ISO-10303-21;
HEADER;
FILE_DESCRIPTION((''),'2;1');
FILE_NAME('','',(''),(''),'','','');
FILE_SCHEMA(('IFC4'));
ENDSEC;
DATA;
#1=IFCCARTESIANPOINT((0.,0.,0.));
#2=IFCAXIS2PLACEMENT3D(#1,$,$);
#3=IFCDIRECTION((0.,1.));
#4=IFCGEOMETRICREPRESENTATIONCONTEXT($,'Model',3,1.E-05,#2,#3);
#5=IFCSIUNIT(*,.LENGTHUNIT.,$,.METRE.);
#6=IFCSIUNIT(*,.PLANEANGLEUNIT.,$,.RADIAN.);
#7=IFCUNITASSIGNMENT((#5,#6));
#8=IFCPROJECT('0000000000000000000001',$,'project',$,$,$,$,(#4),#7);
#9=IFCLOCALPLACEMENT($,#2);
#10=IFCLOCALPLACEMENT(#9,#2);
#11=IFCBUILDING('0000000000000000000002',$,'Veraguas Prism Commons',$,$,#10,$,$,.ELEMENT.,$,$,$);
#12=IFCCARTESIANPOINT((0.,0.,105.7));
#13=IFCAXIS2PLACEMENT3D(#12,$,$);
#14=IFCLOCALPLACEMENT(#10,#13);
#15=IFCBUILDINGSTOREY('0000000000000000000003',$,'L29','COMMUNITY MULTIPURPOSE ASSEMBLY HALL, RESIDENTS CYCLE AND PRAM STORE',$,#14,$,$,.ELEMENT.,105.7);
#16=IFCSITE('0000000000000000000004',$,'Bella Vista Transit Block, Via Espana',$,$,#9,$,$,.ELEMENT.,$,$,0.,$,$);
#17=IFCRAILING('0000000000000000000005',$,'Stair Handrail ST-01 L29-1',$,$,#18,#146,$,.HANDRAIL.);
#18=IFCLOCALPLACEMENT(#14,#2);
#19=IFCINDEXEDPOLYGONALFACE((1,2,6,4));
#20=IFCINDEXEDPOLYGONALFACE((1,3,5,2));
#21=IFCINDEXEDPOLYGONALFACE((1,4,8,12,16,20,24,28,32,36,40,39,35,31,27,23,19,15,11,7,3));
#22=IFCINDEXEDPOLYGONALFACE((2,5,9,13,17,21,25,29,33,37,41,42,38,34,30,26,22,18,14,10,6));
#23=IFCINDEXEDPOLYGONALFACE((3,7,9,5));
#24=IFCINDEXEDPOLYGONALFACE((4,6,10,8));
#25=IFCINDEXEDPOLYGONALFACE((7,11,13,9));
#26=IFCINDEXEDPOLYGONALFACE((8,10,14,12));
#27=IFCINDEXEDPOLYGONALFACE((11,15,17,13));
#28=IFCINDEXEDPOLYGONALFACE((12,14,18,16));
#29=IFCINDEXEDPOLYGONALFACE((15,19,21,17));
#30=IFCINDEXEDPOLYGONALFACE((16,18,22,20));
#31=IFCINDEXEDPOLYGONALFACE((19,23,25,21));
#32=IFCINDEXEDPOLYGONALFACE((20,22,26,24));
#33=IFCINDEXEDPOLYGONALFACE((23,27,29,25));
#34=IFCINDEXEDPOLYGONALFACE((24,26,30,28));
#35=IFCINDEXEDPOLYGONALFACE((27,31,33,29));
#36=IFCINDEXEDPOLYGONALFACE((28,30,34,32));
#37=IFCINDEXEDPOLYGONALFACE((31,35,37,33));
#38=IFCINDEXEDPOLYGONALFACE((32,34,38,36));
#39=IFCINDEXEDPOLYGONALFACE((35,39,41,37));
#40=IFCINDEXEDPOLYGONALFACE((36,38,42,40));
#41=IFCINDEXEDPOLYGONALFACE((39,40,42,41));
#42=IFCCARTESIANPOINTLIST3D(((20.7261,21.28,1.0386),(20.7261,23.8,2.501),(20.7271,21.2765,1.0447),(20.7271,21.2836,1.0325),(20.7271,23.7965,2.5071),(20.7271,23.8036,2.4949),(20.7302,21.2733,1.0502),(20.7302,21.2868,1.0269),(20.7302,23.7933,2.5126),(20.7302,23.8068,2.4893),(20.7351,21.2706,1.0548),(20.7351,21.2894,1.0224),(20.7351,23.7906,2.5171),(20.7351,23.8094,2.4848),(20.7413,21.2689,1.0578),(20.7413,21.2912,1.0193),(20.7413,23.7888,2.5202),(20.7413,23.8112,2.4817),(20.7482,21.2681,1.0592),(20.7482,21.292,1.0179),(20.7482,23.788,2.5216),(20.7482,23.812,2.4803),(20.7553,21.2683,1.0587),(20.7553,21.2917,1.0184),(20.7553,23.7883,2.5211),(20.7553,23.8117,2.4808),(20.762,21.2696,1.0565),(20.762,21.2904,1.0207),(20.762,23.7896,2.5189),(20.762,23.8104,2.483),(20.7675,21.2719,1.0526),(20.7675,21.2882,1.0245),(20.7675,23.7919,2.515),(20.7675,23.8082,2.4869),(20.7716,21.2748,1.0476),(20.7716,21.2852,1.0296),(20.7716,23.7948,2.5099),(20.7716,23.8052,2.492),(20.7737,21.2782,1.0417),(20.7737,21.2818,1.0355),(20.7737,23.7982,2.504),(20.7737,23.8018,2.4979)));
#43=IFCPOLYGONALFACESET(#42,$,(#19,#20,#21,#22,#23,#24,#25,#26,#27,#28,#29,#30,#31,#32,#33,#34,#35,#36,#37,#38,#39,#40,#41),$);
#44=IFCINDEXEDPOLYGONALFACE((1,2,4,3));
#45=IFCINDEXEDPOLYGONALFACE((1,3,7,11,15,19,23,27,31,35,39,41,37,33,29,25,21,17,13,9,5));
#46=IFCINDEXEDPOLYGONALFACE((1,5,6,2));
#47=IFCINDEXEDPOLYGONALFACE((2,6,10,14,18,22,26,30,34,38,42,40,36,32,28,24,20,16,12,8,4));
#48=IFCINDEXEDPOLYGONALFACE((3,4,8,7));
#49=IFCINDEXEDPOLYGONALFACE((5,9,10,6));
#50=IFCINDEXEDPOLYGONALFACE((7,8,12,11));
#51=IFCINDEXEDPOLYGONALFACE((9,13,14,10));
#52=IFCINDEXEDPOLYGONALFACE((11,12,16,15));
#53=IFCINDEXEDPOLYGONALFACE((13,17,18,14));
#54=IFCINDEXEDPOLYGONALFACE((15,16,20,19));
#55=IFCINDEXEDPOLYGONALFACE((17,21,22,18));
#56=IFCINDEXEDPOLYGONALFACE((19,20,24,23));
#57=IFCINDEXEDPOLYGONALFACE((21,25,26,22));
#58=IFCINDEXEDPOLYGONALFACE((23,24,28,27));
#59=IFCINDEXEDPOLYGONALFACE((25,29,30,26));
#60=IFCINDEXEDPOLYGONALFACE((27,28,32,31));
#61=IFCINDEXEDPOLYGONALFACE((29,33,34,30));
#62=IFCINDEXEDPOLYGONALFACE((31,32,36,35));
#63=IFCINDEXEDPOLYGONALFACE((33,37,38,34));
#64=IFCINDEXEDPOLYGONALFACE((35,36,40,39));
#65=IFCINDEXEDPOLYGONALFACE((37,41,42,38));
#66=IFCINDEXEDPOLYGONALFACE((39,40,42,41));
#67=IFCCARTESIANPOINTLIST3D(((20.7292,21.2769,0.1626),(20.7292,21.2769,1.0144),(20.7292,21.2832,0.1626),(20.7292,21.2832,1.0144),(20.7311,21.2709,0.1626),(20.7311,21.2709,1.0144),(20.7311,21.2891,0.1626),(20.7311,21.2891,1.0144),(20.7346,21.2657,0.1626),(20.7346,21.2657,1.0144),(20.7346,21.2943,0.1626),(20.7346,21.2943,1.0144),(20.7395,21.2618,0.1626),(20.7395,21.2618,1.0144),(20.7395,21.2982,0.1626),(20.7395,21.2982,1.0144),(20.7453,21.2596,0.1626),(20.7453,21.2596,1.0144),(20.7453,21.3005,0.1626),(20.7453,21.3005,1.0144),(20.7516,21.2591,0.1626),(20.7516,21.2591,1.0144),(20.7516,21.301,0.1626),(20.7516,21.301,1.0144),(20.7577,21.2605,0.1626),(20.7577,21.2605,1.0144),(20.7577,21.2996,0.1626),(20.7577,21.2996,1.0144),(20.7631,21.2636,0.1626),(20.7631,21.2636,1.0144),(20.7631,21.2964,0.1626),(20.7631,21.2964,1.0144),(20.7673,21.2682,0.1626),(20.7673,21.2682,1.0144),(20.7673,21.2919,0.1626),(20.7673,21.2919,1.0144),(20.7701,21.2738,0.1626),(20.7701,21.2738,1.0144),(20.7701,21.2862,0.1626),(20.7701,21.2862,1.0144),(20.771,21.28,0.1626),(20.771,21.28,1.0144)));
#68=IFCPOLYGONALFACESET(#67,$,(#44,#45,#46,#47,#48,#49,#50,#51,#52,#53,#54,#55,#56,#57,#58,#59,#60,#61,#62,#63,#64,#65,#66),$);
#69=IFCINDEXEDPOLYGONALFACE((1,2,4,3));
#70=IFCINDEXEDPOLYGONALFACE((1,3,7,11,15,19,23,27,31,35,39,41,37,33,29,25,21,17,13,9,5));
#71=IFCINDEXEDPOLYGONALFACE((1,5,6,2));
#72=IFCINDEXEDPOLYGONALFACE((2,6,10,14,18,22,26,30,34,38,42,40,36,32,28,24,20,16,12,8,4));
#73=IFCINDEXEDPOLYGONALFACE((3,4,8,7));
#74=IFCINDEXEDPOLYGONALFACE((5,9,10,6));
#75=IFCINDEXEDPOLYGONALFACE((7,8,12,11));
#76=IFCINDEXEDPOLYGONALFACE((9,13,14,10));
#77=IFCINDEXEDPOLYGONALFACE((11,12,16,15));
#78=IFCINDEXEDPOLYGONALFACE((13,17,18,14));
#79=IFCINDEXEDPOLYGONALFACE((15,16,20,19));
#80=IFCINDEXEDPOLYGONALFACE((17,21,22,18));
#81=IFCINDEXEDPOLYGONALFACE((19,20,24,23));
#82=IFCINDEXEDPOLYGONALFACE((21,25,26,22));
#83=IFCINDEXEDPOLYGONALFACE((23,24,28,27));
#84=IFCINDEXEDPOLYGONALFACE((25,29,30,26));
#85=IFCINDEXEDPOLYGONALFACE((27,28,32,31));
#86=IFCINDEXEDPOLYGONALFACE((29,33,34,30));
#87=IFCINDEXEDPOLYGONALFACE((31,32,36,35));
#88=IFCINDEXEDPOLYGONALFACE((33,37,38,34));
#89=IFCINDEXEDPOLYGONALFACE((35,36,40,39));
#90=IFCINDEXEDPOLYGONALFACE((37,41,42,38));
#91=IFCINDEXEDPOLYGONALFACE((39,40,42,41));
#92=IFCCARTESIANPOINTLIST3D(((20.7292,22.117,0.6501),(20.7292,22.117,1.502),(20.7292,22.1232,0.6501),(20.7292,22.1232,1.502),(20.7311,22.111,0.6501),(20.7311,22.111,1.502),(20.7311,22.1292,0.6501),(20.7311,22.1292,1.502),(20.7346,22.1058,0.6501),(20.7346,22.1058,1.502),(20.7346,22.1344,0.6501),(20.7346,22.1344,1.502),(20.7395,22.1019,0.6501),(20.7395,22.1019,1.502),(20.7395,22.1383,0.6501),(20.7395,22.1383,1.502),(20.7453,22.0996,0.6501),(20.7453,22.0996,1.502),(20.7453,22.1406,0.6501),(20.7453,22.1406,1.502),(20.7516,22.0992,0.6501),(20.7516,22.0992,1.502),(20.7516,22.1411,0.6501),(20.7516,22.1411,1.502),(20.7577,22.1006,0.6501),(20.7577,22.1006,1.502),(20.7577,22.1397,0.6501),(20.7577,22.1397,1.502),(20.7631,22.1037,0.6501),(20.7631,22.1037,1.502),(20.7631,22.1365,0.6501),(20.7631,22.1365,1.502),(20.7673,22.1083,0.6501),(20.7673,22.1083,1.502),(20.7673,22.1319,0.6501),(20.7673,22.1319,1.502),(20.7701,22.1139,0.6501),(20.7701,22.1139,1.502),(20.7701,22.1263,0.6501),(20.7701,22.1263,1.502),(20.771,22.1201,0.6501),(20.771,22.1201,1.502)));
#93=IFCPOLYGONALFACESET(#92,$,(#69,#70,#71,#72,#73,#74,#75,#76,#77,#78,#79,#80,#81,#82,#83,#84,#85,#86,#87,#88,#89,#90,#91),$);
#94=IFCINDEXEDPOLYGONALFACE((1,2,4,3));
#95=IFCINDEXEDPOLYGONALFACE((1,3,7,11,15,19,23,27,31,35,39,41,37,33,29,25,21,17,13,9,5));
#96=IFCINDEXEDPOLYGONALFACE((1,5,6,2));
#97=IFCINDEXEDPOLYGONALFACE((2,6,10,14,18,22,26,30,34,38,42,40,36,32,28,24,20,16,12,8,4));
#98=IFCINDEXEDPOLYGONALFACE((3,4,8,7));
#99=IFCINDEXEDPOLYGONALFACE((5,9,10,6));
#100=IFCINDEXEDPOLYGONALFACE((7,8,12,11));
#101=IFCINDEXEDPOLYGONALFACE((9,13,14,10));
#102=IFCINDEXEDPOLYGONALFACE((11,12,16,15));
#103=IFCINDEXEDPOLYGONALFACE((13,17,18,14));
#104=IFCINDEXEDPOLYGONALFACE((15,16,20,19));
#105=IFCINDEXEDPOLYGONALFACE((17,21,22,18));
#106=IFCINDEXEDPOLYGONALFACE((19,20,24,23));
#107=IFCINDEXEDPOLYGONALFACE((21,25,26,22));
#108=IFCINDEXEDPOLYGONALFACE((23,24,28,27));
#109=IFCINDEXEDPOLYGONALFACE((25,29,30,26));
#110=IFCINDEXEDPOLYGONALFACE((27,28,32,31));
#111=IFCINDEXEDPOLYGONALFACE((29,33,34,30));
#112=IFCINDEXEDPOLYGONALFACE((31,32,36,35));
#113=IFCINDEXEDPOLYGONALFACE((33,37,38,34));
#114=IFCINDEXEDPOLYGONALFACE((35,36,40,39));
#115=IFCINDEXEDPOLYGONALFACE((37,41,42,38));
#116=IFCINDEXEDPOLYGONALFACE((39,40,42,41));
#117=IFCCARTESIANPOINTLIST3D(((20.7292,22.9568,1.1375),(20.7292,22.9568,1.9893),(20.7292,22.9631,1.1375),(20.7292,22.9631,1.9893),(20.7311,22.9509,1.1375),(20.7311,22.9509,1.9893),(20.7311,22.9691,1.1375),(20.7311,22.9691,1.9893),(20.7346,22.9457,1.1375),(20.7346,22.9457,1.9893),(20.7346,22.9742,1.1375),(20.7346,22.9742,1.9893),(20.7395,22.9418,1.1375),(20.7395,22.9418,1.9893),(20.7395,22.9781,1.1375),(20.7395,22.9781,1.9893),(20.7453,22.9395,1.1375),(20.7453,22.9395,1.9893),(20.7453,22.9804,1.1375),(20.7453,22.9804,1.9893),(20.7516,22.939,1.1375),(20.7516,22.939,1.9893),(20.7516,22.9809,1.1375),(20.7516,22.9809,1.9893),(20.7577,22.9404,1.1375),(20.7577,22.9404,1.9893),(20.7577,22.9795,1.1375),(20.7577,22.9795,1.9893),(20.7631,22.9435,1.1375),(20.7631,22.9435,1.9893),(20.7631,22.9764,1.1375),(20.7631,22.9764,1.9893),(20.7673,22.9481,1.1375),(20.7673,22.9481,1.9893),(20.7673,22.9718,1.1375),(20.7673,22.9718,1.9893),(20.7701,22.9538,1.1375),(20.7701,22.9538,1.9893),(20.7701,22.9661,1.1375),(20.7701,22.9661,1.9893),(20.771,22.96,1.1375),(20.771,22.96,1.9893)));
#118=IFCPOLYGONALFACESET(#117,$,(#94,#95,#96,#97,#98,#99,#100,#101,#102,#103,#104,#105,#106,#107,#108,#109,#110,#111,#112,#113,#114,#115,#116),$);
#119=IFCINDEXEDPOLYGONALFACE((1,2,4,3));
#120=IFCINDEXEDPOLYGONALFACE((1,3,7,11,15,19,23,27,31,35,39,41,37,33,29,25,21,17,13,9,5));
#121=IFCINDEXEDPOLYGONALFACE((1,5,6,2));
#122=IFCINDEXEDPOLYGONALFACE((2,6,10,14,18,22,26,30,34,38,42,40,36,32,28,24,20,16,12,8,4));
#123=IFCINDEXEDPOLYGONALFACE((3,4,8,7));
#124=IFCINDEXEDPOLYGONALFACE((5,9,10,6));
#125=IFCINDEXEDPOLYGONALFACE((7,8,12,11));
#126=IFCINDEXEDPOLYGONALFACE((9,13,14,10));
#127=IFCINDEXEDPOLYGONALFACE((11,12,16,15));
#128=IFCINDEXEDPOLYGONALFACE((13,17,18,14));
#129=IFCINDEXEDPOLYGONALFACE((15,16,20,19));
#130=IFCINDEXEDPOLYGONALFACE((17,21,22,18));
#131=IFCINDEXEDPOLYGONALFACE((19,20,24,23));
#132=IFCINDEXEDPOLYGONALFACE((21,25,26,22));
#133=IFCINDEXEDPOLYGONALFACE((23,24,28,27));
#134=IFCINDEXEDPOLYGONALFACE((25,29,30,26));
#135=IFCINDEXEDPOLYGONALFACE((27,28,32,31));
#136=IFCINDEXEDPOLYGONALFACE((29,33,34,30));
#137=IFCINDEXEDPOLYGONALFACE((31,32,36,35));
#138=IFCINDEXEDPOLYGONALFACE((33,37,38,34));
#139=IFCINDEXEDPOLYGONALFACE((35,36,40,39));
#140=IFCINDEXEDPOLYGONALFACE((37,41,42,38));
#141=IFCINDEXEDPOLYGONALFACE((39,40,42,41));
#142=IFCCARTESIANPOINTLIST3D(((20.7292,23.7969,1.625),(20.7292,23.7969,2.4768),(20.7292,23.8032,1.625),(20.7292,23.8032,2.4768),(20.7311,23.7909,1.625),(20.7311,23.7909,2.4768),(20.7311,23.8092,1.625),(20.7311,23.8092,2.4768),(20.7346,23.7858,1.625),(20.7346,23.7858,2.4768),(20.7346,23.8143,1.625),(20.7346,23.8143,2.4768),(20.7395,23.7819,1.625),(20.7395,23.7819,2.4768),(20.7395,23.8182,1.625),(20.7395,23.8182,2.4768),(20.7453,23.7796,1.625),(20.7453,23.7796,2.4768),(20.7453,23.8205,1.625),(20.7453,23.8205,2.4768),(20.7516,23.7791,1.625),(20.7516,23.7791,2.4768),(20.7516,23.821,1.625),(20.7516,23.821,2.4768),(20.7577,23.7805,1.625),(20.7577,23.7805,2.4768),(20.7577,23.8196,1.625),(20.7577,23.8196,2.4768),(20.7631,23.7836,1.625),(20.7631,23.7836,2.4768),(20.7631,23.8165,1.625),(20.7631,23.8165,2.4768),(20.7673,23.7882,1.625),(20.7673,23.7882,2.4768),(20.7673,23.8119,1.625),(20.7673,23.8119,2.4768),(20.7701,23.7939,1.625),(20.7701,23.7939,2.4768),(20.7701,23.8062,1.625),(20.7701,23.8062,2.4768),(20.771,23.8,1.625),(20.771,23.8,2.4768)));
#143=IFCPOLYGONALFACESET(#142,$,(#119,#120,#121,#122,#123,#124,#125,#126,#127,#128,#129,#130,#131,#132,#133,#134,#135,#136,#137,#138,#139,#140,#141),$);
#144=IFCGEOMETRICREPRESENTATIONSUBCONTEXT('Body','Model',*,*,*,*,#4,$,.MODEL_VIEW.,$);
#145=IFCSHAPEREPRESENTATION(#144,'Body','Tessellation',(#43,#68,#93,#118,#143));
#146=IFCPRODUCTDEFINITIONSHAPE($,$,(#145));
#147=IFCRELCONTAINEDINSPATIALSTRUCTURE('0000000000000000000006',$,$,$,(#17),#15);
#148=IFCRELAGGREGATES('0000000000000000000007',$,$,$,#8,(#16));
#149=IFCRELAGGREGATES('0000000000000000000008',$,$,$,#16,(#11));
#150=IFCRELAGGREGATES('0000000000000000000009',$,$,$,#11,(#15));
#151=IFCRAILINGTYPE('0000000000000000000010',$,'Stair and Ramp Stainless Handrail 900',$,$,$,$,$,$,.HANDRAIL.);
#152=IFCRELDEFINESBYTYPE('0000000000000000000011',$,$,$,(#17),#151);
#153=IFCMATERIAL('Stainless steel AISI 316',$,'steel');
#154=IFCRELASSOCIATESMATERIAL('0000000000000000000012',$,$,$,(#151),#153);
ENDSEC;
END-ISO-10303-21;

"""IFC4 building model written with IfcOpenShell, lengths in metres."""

from ifc_helpers import new_model, si_unit, direction, frame, origin, origin_2d, place, context, subcontext, project, spatial, circle, extrude, material, type_object, element, save


model = new_model("IFC4")

# Units and contexts
model_context = context("Model", 3, precision=1e-05, world=origin(), true_north=direction((0.0, 1.0)))
body_context = subcontext(model_context, "Body", "Model", "MODEL_VIEW")
ifc_project = project(units=[si_unit("LENGTHUNIT", "METRE"), si_unit("PLANEANGLEUNIT", "RADIAN")], contexts=[model_context])

# Site, building, storey
site_placement = place(None, origin())
site = spatial("IfcSite", under=ifc_project, at=site_placement, Name="Bella Vista Transit Block, Via Espana", CompositionType="ELEMENT", RefElevation=0.0)
building_placement = place(site_placement, origin())
building = spatial("IfcBuilding", under=site, at=building_placement, Name="Veraguas Prism Commons", CompositionType="ELEMENT")
storey_placement = place(building_placement, frame((0.0, 0.0, 105.7)))
storey = spatial("IfcBuildingStorey", under=building, at=storey_placement, Name="L29", Description="COMMUNITY MULTIPURPOSE ASSEMBLY HALL, RESIDENTS CYCLE AND PRAM STORE", CompositionType="ELEMENT", Elevation=105.7)

# Railing
ifc_material_1 = material(Name="Stainless steel AISI 316", Category="steel")
railing_type_1 = type_object("IfcRailingType", Name="Stair and Ramp Stainless Handrail 900", PredefinedType="HANDRAIL", material=ifc_material_1)
railing_1_placement = place(storey_placement, frame((20.75, 21.28, 0.1626)))
element("IfcRailing", 1, at=railing_1_placement, inside=storey, type_object=railing_type_1, Name="Stair Handrail ST-01 L29-1", PredefinedType="HANDRAIL", context=body_context, shape_type="SweptSolid", body=[
    extrude(circle(Radius=0.0239, at=origin_2d()), frame((0.0, 0.0, 0.876), z_axis=(0.0, 0.864913, 0.501921), x_axis=(-1.0, 0.0, 0.0)), (0.0, 0.0, 1.0), 2.9136),
    extrude(circle(Radius=0.021, at=origin_2d()), origin(), (0.0, 0.0, 1.0), 0.8518),
    extrude(circle(Radius=0.021, at=origin_2d()), frame((0.0, 0.8401, 0.4875)), (0.0, 0.0, 1.0), 0.8518),
    extrude(circle(Radius=0.021, at=origin_2d()), frame((0.0, 1.6799, 0.9749)), (0.0, 0.0, 1.0), 0.8518),
    extrude(circle(Radius=0.021, at=origin_2d()), frame((0.0, 2.52, 1.4624)), (0.0, 0.0, 1.0), 0.8518),
])

save(model, "model.ifc")
